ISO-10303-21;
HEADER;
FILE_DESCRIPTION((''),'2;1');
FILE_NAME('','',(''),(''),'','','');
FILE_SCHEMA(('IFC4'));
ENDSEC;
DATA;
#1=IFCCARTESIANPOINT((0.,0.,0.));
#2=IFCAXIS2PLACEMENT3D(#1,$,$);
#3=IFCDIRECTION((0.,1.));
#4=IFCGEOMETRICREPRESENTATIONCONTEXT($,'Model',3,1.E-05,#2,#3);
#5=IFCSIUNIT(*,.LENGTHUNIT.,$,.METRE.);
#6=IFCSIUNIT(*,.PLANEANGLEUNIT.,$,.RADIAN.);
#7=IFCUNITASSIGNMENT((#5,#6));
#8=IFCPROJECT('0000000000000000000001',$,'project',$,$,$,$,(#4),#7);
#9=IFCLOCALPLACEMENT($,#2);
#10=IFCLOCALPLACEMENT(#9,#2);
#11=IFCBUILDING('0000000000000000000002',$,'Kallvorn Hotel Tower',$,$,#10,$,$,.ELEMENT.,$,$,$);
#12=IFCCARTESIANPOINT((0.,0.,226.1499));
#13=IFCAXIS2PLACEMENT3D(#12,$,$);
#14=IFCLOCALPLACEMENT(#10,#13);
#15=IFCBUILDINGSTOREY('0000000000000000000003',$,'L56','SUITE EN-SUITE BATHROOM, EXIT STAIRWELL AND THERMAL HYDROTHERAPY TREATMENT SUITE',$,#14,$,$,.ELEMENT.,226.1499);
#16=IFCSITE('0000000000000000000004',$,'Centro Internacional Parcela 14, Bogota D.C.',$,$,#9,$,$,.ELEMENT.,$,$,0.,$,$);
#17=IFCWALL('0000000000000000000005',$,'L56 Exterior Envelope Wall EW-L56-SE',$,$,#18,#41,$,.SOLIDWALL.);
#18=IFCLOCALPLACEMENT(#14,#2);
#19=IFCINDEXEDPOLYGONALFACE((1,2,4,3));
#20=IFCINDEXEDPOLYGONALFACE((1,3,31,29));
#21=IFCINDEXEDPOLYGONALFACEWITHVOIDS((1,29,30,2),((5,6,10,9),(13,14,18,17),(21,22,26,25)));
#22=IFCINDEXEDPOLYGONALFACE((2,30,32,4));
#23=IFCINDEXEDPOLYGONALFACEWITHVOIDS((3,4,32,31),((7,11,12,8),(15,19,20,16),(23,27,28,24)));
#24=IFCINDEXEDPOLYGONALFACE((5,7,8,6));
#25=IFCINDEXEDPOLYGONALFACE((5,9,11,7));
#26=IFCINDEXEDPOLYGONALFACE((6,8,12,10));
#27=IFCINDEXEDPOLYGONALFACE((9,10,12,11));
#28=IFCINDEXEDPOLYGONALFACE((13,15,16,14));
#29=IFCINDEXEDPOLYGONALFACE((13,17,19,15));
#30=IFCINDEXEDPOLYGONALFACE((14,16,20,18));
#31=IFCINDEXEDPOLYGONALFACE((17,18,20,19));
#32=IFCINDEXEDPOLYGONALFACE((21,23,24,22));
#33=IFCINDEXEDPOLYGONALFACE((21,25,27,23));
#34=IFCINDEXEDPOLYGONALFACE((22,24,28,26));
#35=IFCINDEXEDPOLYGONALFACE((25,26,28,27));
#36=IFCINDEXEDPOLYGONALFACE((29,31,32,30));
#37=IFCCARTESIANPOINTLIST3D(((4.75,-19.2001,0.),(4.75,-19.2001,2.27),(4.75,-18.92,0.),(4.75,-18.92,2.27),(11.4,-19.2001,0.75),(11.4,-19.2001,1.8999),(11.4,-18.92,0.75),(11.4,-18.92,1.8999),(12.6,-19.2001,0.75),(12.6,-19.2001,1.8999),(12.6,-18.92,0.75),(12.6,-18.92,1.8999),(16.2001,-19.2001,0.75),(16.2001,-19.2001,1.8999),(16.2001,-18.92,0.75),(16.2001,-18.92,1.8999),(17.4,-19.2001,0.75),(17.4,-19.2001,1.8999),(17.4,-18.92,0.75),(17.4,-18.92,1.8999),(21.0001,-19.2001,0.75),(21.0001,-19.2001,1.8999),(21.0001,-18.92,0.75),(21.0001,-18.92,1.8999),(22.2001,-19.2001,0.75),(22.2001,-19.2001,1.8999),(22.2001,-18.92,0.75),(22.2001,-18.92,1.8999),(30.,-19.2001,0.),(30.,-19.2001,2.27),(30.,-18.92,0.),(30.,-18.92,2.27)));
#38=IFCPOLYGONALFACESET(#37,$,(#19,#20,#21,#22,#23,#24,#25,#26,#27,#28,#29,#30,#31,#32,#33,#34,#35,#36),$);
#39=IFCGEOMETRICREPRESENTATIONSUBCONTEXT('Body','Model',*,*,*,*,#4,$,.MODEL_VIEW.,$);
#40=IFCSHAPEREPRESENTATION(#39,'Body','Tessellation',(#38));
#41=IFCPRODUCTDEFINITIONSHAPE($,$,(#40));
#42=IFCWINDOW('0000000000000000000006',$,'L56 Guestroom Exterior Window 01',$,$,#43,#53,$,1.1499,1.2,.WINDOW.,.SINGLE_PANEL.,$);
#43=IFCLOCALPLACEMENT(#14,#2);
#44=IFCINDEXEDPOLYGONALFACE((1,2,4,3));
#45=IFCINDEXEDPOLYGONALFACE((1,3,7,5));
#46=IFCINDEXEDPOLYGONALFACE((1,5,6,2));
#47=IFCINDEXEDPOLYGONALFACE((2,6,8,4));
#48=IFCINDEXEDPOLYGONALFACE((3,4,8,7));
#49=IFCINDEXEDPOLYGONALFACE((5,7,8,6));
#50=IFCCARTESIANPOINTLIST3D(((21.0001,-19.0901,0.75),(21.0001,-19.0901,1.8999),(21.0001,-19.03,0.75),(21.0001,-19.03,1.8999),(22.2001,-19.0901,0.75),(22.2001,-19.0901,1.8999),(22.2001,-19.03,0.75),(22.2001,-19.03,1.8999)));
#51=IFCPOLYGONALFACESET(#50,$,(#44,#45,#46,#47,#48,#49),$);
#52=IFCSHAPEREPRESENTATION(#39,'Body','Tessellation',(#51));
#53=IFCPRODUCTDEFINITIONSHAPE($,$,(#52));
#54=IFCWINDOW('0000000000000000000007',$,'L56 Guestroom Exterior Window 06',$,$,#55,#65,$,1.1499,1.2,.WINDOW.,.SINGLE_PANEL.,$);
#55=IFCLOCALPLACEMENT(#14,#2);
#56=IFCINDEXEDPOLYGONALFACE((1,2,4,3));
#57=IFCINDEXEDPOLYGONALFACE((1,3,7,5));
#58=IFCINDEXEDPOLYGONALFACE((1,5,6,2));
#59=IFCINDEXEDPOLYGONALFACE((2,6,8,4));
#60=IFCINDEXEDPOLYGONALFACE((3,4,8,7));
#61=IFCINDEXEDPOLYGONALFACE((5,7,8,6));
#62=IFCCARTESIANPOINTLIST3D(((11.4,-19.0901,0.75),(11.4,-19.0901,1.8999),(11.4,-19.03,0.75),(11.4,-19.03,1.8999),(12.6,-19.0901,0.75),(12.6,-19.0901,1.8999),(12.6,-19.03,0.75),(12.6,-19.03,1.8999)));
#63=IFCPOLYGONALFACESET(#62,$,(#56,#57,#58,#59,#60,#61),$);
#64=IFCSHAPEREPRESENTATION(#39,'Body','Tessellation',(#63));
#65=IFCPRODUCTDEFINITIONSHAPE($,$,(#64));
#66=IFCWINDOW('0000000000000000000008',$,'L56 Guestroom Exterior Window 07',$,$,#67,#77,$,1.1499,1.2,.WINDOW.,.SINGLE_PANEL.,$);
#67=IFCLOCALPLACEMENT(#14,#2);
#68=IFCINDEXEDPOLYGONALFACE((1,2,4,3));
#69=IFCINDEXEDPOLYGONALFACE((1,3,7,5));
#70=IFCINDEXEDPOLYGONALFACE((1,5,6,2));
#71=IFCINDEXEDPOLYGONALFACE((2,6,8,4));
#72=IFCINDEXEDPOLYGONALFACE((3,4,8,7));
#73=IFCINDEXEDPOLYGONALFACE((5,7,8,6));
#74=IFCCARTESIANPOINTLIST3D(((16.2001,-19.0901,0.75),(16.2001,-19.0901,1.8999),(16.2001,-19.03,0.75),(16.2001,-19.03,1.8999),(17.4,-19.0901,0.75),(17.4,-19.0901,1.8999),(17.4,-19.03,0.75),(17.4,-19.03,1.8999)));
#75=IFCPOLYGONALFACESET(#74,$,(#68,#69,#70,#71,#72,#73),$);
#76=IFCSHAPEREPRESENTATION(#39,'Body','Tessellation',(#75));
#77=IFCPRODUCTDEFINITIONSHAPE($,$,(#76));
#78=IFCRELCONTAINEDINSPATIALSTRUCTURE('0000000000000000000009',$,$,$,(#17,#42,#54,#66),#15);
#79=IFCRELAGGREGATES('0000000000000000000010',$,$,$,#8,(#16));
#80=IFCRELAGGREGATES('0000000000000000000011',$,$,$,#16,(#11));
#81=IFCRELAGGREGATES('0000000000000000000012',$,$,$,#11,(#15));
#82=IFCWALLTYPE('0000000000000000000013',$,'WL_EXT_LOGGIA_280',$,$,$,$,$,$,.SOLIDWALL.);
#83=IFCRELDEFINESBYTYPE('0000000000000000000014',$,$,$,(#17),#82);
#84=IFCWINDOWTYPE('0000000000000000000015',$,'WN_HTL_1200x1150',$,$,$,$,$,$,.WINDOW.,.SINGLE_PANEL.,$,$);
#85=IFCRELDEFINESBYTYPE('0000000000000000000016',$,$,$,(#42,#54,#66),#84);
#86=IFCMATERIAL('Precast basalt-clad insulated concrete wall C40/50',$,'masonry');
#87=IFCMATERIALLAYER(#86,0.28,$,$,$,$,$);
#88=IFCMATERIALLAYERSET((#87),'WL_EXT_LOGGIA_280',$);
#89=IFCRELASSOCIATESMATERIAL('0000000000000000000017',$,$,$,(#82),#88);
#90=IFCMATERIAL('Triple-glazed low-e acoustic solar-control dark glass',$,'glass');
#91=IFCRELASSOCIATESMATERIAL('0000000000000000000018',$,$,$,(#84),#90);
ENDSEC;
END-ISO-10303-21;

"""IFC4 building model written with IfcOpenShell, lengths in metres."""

from ifc_helpers import new_model, si_unit, direction, frame, frame_2d, origin, place, context, subcontext, project, spatial, rectangle, extrude, material, layer, layer_set, type_object, element, fill, save


model = new_model("IFC4")

# Units and contexts
model_context = context("Model", 3, precision=1e-05, world=origin(), true_north=direction((0.0, 1.0)))
body_context = subcontext(model_context, "Body", "Model", "MODEL_VIEW")
ifc_project = project(units=[si_unit("LENGTHUNIT", "METRE"), si_unit("PLANEANGLEUNIT", "RADIAN")], contexts=[model_context])

# Site, building, storey
site_placement = place(None, origin())
site = spatial("IfcSite", under=ifc_project, at=site_placement, Name="Centro Internacional Parcela 14, Bogota D.C.", CompositionType="ELEMENT", RefElevation=0.0)
building_placement = place(site_placement, origin())
building = spatial("IfcBuilding", under=site, at=building_placement, Name="Kallvorn Hotel Tower", CompositionType="ELEMENT")
storey_placement = place(building_placement, frame((0.0, 0.0, 226.1499)))
storey = spatial("IfcBuildingStorey", under=building, at=storey_placement, Name="L56", Description="SUITE EN-SUITE BATHROOM, EXIT STAIRWELL AND THERMAL HYDROTHERAPY TREATMENT SUITE", CompositionType="ELEMENT", Elevation=226.1499)

# Wall, openings, windows
ifc_material_1 = material(Name="Precast basalt-clad insulated concrete wall C40/50", Category="masonry")
ifc_layer_1 = layer(ifc_material_1, 0.28)
ifc_layer_set_1 = layer_set([ifc_layer_1], Name="WL_EXT_LOGGIA_280")
wall_type_1 = type_object("IfcWallType", Name="WL_EXT_LOGGIA_280", PredefinedType="SOLIDWALL", material=ifc_layer_set_1)
wall_1_placement = place(storey_placement, frame((4.75, -19.0601, 0.0), z_axis=(0.0, 0.0, 1.0), x_axis=(1.0, 0.0, 0.0)))
wall_1 = element("IfcWall", 1, at=wall_1_placement, inside=storey, type_object=wall_type_1, Name="L56 Exterior Envelope Wall EW-L56-SE", PredefinedType="SOLIDWALL", context=body_context, shape_type="SweptSolid", body=[
    extrude(rectangle(XDim=25.25, YDim=0.28, at=frame_2d((12.625, 0.0))), origin(), (0.0, 0.0, 1.0), 2.27),
])
opening_1_placement = place(wall_1_placement, frame((16.25, 0.0, 0.75)))
opening_1 = element("IfcOpeningElement", 2, at=opening_1_placement, cuts=wall_1, PredefinedType="OPENING", context=body_context, shape_type="SweptSolid", body=[
    extrude(rectangle(XDim=1.2, YDim=1.1499, at=frame_2d((0.6001, 0.575))), frame((0.0, 0.155, 0.0), z_axis=(0.0, -1.0, 0.0), x_axis=(1.0, 0.0, 0.0)), (0.0, 0.0, 1.0), 0.3101),
])
opening_2_placement = place(wall_1_placement, frame((6.6499, 0.0, 0.75)))
opening_2 = element("IfcOpeningElement", 3, at=opening_2_placement, cuts=wall_1, PredefinedType="OPENING", context=body_context, shape_type="SweptSolid", body=[
    extrude(rectangle(XDim=1.2, YDim=1.1499, at=frame_2d((0.6001, 0.575))), frame((0.0, 0.155, 0.0), z_axis=(0.0, -1.0, 0.0), x_axis=(1.0, 0.0, 0.0)), (0.0, 0.0, 1.0), 0.3101),
])
opening_3_placement = place(wall_1_placement, frame((11.45, 0.0, 0.75)))
opening_3 = element("IfcOpeningElement", 4, at=opening_3_placement, cuts=wall_1, PredefinedType="OPENING", context=body_context, shape_type="SweptSolid", body=[
    extrude(rectangle(XDim=1.2, YDim=1.1499, at=frame_2d((0.6001, 0.575))), frame((0.0, 0.155, 0.0), z_axis=(0.0, -1.0, 0.0), x_axis=(1.0, 0.0, 0.0)), (0.0, 0.0, 1.0), 0.3101),
])
ifc_material_2 = material(Name="Triple-glazed low-e acoustic solar-control dark glass", Category="glass")
window_type = type_object("IfcWindowType", Name="WN_HTL_1200x1150", PartitioningType="SINGLE_PANEL", PredefinedType="WINDOW", material=ifc_material_2)
window_1_placement = place(opening_1_placement, origin())
window_1 = element("IfcWindow", 5, at=window_1_placement, inside=storey, type_object=window_type, Name="L56 Guestroom Exterior Window 01", OverallHeight=1.1499, OverallWidth=1.2, PartitioningType="SINGLE_PANEL", PredefinedType="WINDOW", context=body_context, shape_type="SweptSolid", body=[
    extrude(rectangle(XDim=1.2, YDim=1.1499, at=frame_2d((0.6001, 0.575))), frame((0.0, 0.03, 0.0), z_axis=(0.0, -1.0, 0.0), x_axis=(1.0, 0.0, 0.0)), (0.0, 0.0, 1.0), 0.0601),
])
fill(opening_1, window_1)
window_2_placement = place(opening_2_placement, origin())
window_2 = element("IfcWindow", 6, at=window_2_placement, inside=storey, type_object=window_type, Name="L56 Guestroom Exterior Window 06", OverallHeight=1.1499, OverallWidth=1.2, PartitioningType="SINGLE_PANEL", PredefinedType="WINDOW", context=body_context, shape_type="SweptSolid", body=[
    extrude(rectangle(XDim=1.2, YDim=1.1499, at=frame_2d((0.6001, 0.575))), frame((0.0, 0.03, 0.0), z_axis=(0.0, -1.0, 0.0), x_axis=(1.0, 0.0, 0.0)), (0.0, 0.0, 1.0), 0.0601),
])
fill(opening_2, window_2)
window_3_placement = place(opening_3_placement, origin())
window_3 = element("IfcWindow", 7, at=window_3_placement, inside=storey, type_object=window_type, Name="L56 Guestroom Exterior Window 07", OverallHeight=1.1499, OverallWidth=1.2, PartitioningType="SINGLE_PANEL", PredefinedType="WINDOW", context=body_context, shape_type="SweptSolid", body=[
    extrude(rectangle(XDim=1.2, YDim=1.1499, at=frame_2d((0.6001, 0.575))), frame((0.0, 0.03, 0.0), z_axis=(0.0, -1.0, 0.0), x_axis=(1.0, 0.0, 0.0)), (0.0, 0.0, 1.0), 0.0601),
])
fill(opening_3, window_3)

save(model, "model.ifc")
